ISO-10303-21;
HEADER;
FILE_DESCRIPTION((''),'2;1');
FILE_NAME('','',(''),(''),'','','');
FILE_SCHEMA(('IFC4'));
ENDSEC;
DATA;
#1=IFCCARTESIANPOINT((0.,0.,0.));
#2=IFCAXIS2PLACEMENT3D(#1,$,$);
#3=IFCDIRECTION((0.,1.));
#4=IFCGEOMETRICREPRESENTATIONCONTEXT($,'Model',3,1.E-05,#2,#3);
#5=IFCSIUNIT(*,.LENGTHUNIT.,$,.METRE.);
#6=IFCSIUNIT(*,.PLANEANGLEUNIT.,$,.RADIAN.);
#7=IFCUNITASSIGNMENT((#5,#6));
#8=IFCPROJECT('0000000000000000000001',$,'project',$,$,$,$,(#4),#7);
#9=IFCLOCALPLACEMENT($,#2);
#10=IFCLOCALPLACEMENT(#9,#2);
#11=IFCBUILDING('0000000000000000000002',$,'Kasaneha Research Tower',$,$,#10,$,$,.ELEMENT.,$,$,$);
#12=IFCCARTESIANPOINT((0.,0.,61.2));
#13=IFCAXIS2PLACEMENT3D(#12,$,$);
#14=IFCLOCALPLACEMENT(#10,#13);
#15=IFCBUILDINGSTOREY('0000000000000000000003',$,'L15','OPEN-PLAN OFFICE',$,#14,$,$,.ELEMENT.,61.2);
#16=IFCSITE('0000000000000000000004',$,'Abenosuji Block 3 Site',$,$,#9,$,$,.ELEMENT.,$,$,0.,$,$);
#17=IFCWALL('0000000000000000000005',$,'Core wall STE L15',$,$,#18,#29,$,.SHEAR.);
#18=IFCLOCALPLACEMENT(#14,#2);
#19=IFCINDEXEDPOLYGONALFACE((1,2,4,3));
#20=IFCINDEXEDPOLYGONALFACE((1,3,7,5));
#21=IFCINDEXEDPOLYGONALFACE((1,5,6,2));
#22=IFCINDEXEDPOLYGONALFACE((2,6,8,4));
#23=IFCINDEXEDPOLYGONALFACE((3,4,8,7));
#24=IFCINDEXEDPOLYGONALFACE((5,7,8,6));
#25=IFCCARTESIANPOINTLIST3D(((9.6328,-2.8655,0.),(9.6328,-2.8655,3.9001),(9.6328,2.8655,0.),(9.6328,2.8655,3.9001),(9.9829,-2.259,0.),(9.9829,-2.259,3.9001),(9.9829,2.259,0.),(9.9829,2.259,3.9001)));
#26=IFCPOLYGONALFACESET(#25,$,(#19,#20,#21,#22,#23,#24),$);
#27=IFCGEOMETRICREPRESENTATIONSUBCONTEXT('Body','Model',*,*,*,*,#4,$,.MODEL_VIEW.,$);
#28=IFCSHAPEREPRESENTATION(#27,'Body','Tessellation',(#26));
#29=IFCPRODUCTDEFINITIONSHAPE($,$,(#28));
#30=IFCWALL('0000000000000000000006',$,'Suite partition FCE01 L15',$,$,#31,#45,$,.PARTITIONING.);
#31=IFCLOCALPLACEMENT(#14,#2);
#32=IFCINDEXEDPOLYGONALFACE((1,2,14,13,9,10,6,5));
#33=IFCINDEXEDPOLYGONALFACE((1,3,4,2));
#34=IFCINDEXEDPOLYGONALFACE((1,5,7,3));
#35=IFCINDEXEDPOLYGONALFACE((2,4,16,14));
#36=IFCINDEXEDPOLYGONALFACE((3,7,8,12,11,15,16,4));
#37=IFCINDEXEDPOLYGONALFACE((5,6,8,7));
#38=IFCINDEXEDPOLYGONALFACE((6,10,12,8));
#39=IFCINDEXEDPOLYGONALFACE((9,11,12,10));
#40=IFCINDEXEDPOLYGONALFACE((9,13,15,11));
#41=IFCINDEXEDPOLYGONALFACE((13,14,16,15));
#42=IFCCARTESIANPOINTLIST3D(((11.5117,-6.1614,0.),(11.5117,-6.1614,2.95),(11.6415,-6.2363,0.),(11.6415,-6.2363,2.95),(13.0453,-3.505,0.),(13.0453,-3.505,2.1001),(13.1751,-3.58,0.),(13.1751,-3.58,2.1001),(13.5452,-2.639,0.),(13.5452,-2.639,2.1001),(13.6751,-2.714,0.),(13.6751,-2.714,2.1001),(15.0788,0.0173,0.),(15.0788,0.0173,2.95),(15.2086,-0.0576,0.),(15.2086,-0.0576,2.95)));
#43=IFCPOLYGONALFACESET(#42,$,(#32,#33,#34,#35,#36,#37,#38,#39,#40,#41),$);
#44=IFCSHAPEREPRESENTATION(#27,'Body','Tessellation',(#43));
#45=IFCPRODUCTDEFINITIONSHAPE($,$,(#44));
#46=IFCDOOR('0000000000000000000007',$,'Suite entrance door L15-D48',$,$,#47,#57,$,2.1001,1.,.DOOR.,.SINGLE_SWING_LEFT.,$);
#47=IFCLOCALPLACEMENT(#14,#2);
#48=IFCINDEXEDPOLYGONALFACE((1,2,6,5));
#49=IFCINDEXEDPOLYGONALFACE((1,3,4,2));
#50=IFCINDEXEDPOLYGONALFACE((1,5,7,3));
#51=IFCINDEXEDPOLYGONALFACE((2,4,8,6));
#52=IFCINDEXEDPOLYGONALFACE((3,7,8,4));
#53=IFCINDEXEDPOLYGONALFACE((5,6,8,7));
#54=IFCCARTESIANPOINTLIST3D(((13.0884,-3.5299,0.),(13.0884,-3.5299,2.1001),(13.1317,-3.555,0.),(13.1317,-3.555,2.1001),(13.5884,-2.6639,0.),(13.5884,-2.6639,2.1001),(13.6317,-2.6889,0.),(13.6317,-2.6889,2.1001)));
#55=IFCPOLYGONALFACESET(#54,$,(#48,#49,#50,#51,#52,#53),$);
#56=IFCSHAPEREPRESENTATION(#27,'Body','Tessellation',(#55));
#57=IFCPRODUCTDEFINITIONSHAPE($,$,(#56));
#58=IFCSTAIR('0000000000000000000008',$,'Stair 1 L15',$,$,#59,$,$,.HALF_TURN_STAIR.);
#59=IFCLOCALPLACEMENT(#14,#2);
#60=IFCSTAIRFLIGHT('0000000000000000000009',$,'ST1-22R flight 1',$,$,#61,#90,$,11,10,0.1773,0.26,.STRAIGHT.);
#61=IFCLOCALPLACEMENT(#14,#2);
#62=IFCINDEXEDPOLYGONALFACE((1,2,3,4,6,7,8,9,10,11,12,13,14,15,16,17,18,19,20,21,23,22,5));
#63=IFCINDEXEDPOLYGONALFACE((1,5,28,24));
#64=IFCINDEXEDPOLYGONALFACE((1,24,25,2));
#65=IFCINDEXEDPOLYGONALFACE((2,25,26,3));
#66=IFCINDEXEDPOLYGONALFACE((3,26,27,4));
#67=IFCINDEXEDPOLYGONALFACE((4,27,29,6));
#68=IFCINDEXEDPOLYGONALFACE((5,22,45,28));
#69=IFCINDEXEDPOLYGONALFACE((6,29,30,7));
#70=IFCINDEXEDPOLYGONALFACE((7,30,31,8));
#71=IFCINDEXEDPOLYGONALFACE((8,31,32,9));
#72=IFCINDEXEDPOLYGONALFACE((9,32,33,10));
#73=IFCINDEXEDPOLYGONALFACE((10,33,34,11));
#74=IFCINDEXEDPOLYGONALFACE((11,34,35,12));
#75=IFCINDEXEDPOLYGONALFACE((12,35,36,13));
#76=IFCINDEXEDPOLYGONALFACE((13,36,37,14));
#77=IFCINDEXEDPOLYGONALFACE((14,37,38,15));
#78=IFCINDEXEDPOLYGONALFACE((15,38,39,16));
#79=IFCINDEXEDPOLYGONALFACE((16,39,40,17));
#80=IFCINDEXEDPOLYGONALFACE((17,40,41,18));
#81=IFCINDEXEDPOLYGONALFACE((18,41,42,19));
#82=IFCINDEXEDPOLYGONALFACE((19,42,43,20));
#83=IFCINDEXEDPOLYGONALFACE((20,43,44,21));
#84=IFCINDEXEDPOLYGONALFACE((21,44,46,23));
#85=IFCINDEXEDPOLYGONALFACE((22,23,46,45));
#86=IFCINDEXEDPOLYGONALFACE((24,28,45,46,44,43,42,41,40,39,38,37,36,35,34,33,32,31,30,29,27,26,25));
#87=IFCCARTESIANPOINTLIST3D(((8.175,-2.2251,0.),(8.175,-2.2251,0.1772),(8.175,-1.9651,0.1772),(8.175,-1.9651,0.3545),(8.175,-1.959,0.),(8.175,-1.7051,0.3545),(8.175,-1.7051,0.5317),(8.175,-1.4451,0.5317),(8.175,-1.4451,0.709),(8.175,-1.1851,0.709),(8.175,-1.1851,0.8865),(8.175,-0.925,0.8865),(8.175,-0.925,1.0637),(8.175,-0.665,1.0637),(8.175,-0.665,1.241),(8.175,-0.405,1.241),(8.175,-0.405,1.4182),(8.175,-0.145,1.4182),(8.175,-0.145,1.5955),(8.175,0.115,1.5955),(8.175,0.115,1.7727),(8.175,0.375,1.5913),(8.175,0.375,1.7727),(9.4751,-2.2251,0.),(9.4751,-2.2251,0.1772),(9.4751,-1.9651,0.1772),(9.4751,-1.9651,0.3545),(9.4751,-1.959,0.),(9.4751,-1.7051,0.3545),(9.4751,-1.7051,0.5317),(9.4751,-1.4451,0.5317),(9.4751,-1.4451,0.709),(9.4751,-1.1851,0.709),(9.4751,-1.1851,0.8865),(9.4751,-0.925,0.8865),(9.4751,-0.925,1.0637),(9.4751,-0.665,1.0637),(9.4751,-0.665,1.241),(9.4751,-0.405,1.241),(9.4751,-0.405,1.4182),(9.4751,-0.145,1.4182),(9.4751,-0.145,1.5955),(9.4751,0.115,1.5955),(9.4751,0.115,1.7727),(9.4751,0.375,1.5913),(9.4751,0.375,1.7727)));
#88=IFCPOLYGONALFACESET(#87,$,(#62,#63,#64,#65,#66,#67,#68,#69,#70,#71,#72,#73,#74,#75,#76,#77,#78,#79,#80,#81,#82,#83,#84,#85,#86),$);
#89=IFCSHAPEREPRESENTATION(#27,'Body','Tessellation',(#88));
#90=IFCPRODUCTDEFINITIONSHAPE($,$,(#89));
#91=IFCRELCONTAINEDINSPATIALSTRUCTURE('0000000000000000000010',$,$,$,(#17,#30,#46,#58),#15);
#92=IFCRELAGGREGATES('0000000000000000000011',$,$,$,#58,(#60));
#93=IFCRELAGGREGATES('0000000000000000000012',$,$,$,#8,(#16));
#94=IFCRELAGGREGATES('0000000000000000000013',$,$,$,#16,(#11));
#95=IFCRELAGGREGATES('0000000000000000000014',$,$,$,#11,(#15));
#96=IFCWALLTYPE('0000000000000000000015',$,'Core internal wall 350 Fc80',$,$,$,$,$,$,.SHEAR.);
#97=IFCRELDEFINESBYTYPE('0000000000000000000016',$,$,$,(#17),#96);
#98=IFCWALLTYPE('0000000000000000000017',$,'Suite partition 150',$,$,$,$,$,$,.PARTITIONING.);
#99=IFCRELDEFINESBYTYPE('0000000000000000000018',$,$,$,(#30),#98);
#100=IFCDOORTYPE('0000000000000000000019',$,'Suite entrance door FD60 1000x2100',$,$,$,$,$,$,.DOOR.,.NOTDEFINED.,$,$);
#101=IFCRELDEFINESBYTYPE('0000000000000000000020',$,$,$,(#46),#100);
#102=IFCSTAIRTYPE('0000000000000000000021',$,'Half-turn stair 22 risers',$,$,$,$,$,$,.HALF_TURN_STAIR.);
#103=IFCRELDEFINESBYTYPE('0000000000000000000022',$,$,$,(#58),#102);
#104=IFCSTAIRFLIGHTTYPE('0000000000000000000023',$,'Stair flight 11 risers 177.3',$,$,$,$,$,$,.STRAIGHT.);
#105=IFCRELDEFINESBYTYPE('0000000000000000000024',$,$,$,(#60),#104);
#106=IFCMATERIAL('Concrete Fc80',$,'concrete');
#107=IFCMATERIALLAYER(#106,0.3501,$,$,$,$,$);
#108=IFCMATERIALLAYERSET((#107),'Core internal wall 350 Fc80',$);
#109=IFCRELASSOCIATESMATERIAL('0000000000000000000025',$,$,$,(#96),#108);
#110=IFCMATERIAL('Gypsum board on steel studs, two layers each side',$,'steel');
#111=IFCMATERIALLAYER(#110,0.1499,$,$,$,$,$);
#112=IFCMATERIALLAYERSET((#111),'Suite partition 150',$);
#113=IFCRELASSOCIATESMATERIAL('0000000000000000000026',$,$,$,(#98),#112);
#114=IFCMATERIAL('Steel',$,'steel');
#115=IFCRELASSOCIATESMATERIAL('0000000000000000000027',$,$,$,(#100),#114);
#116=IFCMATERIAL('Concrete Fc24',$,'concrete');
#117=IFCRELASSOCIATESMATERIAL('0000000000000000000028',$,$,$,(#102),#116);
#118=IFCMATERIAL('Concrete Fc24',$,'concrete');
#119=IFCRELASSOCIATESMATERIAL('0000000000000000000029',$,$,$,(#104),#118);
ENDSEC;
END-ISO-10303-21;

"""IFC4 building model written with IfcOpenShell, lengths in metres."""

from ifc_helpers import new_model, si_unit, direction, frame, frame_2d, origin, place, context, subcontext, project, spatial, polyline, rectangle, outline, extrude, material, layer, layer_set, type_object, element, fill, aggregate, save


model = new_model("IFC4")

# Units and contexts
model_context = context("Model", 3, precision=1e-05, world=origin(), true_north=direction((0.0, 1.0)))
body_context = subcontext(model_context, "Body", "Model", "MODEL_VIEW")
ifc_project = project(units=[si_unit("LENGTHUNIT", "METRE"), si_unit("PLANEANGLEUNIT", "RADIAN")], contexts=[model_context])

# Site, building, storey
site_placement = place(None, origin())
site = spatial("IfcSite", under=ifc_project, at=site_placement, Name="Abenosuji Block 3 Site", CompositionType="ELEMENT", RefElevation=0.0)
building_placement = place(site_placement, origin())
building = spatial("IfcBuilding", under=site, at=building_placement, Name="Kasaneha Research Tower", CompositionType="ELEMENT")
storey_placement = place(building_placement, frame((0.0, 0.0, 61.2)))
storey = spatial("IfcBuildingStorey", under=building, at=storey_placement, Name="L15", Description="OPEN-PLAN OFFICE", CompositionType="ELEMENT", Elevation=61.2)

# Wall
ifc_material_1 = material(Name="Concrete Fc80", Category="concrete")
ifc_layer_1 = layer(ifc_material_1, 0.3501)
ifc_layer_set_1 = layer_set([ifc_layer_1], Name="Core internal wall 350 Fc80")
wall_type_1 = type_object("IfcWallType", Name="Core internal wall 350 Fc80", PredefinedType="SHEAR", material=ifc_layer_set_1)
wall_1_placement = place(storey_placement, frame((9.8079, -2.5623, 0.0), z_axis=(0.0, 0.0, 1.0), x_axis=(0.0, 1.0, 0.0)))
element("IfcWall", 1, at=wall_1_placement, inside=storey, type_object=wall_type_1, Name="Core wall STE L15", PredefinedType="SHEAR", context=body_context, shape_type="SweptSolid", body=[
    extrude(outline(polyline([(0.3032, -0.175), (4.8213, -0.175), (5.4277, 0.175), (-0.3032, 0.175), (0.3032, -0.175)])), origin(), (0.0, 0.0, 1.0), 3.9001),
])

# Wall, opening, door
ifc_material_2 = material(Name="Gypsum board on steel studs, two layers each side", Category="steel")
ifc_layer_2 = layer(ifc_material_2, 0.1499)
ifc_layer_set_2 = layer_set([ifc_layer_2], Name="Suite partition 150")
wall_type_2 = type_object("IfcWallType", Name="Suite partition 150", PredefinedType="PARTITIONING", material=ifc_layer_set_2)
wall_2_placement = place(storey_placement, frame((15.1438, -0.02, 0.0), z_axis=(0.0, 0.0, 1.0), x_axis=(-0.499985, -0.866034, 0.0)))
wall_2 = element("IfcWall", 2, at=wall_2_placement, inside=storey, type_object=wall_type_2, Name="Suite partition FCE01 L15", PredefinedType="PARTITIONING", context=body_context, shape_type="SweptSolid", body=[
    extrude(rectangle(XDim=7.1345, YDim=0.1499, at=frame_2d((3.5674, 0.0))), origin(), (0.0, 0.0, 1.0), 2.95),
])
opening_placement = place(wall_2_placement, frame((3.0674, 0.0, 0.0)))
opening = element("IfcOpeningElement", 3, at=opening_placement, cuts=wall_2, PredefinedType="OPENING", context=body_context, shape_type="SweptSolid", body=[
    extrude(rectangle(XDim=1.0, YDim=2.1001, at=frame_2d((0.5, 1.05))), frame((0.0, 0.085, 0.0), z_axis=(0.0, -1.0, 0.0), x_axis=(1.0, 0.0, 0.0)), (0.0, 0.0, 1.0), 0.1699),
])
ifc_material_3 = material(Name="Steel", Category="steel")
door_type = type_object("IfcDoorType", Name="Suite entrance door FD60 1000x2100", OperationType="NOTDEFINED", PredefinedType="DOOR", material=ifc_material_3)
door_placement = place(opening_placement, origin())
door = element("IfcDoor", 4, at=door_placement, inside=storey, type_object=door_type, Name="Suite entrance door L15-D48", OperationType="SINGLE_SWING_LEFT", OverallHeight=2.1001, OverallWidth=1.0, PredefinedType="DOOR", context=body_context, shape_type="SweptSolid", body=[
    extrude(rectangle(XDim=1.0, YDim=2.1001, at=frame_2d((0.5, 1.05))), frame((0.0, 0.0249, 0.0), z_axis=(0.0, -1.0, 0.0), x_axis=(1.0, 0.0, 0.0)), (0.0, 0.0, 1.0), 0.05),
])
fill(opening, door)

# Stair, stair flight
ifc_material_4 = material(Name="Concrete Fc24", Category="concrete")
stair_type = type_object("IfcStairType", Name="Half-turn stair 22 risers", PredefinedType="HALF_TURN_STAIR", material=ifc_material_4)
stair_placement = place(storey_placement, origin())
stair = element("IfcStair", 5, at=stair_placement, inside=storey, type_object=stair_type, Name="Stair 1 L15", PredefinedType="HALF_TURN_STAIR")
ifc_material_5 = material(Name="Concrete Fc24", Category="concrete")
stair_flight_type = type_object("IfcStairFlightType", Name="Stair flight 11 risers 177.3", PredefinedType="STRAIGHT", material=ifc_material_5)
stair_flight_placement = place(storey_placement, frame((8.825, -2.2251, 0.0), z_axis=(0.0, 0.0, 1.0), x_axis=(0.0, 1.0, 0.0)))
stair_flight = element("IfcStairFlight", 6, at=stair_flight_placement, type_object=stair_flight_type, Name="ST1-22R flight 1", NumberOfRisers=11, NumberOfTreads=10, PredefinedType="STRAIGHT", RiserHeight=0.1773, TreadLength=0.26, context=body_context, shape_type="SweptSolid", body=[
    extrude(outline(polyline([(0.0, 0.0), (0.0, 0.1772), (0.26, 0.1772), (0.26, 0.3545), (0.52, 0.3545), (0.52, 0.5317), (0.78, 0.5317), (0.78, 0.709), (1.04, 0.709), (1.04, 0.8865), (1.3, 0.8865), (1.3, 1.0637), (1.5601, 1.0637), (1.5601, 1.241), (1.8201, 1.241), (1.8201, 1.4182), (2.0801, 1.4182), (2.0801, 1.5955), (2.3401, 1.5955), (2.3401, 1.7727), (2.6001, 1.7727), (2.6001, 1.95), (2.6001, 1.5913), (0.2661, 0.0), (0.0, 0.0)])), frame((0.0, 0.6499, 0.0), z_axis=(0.0, -1.0, 0.0), x_axis=(1.0, 0.0, 0.0)), (0.0, 0.0, 1.0), 1.3),
])
aggregate(stair, [stair_flight])

save(model, "model.ifc")
